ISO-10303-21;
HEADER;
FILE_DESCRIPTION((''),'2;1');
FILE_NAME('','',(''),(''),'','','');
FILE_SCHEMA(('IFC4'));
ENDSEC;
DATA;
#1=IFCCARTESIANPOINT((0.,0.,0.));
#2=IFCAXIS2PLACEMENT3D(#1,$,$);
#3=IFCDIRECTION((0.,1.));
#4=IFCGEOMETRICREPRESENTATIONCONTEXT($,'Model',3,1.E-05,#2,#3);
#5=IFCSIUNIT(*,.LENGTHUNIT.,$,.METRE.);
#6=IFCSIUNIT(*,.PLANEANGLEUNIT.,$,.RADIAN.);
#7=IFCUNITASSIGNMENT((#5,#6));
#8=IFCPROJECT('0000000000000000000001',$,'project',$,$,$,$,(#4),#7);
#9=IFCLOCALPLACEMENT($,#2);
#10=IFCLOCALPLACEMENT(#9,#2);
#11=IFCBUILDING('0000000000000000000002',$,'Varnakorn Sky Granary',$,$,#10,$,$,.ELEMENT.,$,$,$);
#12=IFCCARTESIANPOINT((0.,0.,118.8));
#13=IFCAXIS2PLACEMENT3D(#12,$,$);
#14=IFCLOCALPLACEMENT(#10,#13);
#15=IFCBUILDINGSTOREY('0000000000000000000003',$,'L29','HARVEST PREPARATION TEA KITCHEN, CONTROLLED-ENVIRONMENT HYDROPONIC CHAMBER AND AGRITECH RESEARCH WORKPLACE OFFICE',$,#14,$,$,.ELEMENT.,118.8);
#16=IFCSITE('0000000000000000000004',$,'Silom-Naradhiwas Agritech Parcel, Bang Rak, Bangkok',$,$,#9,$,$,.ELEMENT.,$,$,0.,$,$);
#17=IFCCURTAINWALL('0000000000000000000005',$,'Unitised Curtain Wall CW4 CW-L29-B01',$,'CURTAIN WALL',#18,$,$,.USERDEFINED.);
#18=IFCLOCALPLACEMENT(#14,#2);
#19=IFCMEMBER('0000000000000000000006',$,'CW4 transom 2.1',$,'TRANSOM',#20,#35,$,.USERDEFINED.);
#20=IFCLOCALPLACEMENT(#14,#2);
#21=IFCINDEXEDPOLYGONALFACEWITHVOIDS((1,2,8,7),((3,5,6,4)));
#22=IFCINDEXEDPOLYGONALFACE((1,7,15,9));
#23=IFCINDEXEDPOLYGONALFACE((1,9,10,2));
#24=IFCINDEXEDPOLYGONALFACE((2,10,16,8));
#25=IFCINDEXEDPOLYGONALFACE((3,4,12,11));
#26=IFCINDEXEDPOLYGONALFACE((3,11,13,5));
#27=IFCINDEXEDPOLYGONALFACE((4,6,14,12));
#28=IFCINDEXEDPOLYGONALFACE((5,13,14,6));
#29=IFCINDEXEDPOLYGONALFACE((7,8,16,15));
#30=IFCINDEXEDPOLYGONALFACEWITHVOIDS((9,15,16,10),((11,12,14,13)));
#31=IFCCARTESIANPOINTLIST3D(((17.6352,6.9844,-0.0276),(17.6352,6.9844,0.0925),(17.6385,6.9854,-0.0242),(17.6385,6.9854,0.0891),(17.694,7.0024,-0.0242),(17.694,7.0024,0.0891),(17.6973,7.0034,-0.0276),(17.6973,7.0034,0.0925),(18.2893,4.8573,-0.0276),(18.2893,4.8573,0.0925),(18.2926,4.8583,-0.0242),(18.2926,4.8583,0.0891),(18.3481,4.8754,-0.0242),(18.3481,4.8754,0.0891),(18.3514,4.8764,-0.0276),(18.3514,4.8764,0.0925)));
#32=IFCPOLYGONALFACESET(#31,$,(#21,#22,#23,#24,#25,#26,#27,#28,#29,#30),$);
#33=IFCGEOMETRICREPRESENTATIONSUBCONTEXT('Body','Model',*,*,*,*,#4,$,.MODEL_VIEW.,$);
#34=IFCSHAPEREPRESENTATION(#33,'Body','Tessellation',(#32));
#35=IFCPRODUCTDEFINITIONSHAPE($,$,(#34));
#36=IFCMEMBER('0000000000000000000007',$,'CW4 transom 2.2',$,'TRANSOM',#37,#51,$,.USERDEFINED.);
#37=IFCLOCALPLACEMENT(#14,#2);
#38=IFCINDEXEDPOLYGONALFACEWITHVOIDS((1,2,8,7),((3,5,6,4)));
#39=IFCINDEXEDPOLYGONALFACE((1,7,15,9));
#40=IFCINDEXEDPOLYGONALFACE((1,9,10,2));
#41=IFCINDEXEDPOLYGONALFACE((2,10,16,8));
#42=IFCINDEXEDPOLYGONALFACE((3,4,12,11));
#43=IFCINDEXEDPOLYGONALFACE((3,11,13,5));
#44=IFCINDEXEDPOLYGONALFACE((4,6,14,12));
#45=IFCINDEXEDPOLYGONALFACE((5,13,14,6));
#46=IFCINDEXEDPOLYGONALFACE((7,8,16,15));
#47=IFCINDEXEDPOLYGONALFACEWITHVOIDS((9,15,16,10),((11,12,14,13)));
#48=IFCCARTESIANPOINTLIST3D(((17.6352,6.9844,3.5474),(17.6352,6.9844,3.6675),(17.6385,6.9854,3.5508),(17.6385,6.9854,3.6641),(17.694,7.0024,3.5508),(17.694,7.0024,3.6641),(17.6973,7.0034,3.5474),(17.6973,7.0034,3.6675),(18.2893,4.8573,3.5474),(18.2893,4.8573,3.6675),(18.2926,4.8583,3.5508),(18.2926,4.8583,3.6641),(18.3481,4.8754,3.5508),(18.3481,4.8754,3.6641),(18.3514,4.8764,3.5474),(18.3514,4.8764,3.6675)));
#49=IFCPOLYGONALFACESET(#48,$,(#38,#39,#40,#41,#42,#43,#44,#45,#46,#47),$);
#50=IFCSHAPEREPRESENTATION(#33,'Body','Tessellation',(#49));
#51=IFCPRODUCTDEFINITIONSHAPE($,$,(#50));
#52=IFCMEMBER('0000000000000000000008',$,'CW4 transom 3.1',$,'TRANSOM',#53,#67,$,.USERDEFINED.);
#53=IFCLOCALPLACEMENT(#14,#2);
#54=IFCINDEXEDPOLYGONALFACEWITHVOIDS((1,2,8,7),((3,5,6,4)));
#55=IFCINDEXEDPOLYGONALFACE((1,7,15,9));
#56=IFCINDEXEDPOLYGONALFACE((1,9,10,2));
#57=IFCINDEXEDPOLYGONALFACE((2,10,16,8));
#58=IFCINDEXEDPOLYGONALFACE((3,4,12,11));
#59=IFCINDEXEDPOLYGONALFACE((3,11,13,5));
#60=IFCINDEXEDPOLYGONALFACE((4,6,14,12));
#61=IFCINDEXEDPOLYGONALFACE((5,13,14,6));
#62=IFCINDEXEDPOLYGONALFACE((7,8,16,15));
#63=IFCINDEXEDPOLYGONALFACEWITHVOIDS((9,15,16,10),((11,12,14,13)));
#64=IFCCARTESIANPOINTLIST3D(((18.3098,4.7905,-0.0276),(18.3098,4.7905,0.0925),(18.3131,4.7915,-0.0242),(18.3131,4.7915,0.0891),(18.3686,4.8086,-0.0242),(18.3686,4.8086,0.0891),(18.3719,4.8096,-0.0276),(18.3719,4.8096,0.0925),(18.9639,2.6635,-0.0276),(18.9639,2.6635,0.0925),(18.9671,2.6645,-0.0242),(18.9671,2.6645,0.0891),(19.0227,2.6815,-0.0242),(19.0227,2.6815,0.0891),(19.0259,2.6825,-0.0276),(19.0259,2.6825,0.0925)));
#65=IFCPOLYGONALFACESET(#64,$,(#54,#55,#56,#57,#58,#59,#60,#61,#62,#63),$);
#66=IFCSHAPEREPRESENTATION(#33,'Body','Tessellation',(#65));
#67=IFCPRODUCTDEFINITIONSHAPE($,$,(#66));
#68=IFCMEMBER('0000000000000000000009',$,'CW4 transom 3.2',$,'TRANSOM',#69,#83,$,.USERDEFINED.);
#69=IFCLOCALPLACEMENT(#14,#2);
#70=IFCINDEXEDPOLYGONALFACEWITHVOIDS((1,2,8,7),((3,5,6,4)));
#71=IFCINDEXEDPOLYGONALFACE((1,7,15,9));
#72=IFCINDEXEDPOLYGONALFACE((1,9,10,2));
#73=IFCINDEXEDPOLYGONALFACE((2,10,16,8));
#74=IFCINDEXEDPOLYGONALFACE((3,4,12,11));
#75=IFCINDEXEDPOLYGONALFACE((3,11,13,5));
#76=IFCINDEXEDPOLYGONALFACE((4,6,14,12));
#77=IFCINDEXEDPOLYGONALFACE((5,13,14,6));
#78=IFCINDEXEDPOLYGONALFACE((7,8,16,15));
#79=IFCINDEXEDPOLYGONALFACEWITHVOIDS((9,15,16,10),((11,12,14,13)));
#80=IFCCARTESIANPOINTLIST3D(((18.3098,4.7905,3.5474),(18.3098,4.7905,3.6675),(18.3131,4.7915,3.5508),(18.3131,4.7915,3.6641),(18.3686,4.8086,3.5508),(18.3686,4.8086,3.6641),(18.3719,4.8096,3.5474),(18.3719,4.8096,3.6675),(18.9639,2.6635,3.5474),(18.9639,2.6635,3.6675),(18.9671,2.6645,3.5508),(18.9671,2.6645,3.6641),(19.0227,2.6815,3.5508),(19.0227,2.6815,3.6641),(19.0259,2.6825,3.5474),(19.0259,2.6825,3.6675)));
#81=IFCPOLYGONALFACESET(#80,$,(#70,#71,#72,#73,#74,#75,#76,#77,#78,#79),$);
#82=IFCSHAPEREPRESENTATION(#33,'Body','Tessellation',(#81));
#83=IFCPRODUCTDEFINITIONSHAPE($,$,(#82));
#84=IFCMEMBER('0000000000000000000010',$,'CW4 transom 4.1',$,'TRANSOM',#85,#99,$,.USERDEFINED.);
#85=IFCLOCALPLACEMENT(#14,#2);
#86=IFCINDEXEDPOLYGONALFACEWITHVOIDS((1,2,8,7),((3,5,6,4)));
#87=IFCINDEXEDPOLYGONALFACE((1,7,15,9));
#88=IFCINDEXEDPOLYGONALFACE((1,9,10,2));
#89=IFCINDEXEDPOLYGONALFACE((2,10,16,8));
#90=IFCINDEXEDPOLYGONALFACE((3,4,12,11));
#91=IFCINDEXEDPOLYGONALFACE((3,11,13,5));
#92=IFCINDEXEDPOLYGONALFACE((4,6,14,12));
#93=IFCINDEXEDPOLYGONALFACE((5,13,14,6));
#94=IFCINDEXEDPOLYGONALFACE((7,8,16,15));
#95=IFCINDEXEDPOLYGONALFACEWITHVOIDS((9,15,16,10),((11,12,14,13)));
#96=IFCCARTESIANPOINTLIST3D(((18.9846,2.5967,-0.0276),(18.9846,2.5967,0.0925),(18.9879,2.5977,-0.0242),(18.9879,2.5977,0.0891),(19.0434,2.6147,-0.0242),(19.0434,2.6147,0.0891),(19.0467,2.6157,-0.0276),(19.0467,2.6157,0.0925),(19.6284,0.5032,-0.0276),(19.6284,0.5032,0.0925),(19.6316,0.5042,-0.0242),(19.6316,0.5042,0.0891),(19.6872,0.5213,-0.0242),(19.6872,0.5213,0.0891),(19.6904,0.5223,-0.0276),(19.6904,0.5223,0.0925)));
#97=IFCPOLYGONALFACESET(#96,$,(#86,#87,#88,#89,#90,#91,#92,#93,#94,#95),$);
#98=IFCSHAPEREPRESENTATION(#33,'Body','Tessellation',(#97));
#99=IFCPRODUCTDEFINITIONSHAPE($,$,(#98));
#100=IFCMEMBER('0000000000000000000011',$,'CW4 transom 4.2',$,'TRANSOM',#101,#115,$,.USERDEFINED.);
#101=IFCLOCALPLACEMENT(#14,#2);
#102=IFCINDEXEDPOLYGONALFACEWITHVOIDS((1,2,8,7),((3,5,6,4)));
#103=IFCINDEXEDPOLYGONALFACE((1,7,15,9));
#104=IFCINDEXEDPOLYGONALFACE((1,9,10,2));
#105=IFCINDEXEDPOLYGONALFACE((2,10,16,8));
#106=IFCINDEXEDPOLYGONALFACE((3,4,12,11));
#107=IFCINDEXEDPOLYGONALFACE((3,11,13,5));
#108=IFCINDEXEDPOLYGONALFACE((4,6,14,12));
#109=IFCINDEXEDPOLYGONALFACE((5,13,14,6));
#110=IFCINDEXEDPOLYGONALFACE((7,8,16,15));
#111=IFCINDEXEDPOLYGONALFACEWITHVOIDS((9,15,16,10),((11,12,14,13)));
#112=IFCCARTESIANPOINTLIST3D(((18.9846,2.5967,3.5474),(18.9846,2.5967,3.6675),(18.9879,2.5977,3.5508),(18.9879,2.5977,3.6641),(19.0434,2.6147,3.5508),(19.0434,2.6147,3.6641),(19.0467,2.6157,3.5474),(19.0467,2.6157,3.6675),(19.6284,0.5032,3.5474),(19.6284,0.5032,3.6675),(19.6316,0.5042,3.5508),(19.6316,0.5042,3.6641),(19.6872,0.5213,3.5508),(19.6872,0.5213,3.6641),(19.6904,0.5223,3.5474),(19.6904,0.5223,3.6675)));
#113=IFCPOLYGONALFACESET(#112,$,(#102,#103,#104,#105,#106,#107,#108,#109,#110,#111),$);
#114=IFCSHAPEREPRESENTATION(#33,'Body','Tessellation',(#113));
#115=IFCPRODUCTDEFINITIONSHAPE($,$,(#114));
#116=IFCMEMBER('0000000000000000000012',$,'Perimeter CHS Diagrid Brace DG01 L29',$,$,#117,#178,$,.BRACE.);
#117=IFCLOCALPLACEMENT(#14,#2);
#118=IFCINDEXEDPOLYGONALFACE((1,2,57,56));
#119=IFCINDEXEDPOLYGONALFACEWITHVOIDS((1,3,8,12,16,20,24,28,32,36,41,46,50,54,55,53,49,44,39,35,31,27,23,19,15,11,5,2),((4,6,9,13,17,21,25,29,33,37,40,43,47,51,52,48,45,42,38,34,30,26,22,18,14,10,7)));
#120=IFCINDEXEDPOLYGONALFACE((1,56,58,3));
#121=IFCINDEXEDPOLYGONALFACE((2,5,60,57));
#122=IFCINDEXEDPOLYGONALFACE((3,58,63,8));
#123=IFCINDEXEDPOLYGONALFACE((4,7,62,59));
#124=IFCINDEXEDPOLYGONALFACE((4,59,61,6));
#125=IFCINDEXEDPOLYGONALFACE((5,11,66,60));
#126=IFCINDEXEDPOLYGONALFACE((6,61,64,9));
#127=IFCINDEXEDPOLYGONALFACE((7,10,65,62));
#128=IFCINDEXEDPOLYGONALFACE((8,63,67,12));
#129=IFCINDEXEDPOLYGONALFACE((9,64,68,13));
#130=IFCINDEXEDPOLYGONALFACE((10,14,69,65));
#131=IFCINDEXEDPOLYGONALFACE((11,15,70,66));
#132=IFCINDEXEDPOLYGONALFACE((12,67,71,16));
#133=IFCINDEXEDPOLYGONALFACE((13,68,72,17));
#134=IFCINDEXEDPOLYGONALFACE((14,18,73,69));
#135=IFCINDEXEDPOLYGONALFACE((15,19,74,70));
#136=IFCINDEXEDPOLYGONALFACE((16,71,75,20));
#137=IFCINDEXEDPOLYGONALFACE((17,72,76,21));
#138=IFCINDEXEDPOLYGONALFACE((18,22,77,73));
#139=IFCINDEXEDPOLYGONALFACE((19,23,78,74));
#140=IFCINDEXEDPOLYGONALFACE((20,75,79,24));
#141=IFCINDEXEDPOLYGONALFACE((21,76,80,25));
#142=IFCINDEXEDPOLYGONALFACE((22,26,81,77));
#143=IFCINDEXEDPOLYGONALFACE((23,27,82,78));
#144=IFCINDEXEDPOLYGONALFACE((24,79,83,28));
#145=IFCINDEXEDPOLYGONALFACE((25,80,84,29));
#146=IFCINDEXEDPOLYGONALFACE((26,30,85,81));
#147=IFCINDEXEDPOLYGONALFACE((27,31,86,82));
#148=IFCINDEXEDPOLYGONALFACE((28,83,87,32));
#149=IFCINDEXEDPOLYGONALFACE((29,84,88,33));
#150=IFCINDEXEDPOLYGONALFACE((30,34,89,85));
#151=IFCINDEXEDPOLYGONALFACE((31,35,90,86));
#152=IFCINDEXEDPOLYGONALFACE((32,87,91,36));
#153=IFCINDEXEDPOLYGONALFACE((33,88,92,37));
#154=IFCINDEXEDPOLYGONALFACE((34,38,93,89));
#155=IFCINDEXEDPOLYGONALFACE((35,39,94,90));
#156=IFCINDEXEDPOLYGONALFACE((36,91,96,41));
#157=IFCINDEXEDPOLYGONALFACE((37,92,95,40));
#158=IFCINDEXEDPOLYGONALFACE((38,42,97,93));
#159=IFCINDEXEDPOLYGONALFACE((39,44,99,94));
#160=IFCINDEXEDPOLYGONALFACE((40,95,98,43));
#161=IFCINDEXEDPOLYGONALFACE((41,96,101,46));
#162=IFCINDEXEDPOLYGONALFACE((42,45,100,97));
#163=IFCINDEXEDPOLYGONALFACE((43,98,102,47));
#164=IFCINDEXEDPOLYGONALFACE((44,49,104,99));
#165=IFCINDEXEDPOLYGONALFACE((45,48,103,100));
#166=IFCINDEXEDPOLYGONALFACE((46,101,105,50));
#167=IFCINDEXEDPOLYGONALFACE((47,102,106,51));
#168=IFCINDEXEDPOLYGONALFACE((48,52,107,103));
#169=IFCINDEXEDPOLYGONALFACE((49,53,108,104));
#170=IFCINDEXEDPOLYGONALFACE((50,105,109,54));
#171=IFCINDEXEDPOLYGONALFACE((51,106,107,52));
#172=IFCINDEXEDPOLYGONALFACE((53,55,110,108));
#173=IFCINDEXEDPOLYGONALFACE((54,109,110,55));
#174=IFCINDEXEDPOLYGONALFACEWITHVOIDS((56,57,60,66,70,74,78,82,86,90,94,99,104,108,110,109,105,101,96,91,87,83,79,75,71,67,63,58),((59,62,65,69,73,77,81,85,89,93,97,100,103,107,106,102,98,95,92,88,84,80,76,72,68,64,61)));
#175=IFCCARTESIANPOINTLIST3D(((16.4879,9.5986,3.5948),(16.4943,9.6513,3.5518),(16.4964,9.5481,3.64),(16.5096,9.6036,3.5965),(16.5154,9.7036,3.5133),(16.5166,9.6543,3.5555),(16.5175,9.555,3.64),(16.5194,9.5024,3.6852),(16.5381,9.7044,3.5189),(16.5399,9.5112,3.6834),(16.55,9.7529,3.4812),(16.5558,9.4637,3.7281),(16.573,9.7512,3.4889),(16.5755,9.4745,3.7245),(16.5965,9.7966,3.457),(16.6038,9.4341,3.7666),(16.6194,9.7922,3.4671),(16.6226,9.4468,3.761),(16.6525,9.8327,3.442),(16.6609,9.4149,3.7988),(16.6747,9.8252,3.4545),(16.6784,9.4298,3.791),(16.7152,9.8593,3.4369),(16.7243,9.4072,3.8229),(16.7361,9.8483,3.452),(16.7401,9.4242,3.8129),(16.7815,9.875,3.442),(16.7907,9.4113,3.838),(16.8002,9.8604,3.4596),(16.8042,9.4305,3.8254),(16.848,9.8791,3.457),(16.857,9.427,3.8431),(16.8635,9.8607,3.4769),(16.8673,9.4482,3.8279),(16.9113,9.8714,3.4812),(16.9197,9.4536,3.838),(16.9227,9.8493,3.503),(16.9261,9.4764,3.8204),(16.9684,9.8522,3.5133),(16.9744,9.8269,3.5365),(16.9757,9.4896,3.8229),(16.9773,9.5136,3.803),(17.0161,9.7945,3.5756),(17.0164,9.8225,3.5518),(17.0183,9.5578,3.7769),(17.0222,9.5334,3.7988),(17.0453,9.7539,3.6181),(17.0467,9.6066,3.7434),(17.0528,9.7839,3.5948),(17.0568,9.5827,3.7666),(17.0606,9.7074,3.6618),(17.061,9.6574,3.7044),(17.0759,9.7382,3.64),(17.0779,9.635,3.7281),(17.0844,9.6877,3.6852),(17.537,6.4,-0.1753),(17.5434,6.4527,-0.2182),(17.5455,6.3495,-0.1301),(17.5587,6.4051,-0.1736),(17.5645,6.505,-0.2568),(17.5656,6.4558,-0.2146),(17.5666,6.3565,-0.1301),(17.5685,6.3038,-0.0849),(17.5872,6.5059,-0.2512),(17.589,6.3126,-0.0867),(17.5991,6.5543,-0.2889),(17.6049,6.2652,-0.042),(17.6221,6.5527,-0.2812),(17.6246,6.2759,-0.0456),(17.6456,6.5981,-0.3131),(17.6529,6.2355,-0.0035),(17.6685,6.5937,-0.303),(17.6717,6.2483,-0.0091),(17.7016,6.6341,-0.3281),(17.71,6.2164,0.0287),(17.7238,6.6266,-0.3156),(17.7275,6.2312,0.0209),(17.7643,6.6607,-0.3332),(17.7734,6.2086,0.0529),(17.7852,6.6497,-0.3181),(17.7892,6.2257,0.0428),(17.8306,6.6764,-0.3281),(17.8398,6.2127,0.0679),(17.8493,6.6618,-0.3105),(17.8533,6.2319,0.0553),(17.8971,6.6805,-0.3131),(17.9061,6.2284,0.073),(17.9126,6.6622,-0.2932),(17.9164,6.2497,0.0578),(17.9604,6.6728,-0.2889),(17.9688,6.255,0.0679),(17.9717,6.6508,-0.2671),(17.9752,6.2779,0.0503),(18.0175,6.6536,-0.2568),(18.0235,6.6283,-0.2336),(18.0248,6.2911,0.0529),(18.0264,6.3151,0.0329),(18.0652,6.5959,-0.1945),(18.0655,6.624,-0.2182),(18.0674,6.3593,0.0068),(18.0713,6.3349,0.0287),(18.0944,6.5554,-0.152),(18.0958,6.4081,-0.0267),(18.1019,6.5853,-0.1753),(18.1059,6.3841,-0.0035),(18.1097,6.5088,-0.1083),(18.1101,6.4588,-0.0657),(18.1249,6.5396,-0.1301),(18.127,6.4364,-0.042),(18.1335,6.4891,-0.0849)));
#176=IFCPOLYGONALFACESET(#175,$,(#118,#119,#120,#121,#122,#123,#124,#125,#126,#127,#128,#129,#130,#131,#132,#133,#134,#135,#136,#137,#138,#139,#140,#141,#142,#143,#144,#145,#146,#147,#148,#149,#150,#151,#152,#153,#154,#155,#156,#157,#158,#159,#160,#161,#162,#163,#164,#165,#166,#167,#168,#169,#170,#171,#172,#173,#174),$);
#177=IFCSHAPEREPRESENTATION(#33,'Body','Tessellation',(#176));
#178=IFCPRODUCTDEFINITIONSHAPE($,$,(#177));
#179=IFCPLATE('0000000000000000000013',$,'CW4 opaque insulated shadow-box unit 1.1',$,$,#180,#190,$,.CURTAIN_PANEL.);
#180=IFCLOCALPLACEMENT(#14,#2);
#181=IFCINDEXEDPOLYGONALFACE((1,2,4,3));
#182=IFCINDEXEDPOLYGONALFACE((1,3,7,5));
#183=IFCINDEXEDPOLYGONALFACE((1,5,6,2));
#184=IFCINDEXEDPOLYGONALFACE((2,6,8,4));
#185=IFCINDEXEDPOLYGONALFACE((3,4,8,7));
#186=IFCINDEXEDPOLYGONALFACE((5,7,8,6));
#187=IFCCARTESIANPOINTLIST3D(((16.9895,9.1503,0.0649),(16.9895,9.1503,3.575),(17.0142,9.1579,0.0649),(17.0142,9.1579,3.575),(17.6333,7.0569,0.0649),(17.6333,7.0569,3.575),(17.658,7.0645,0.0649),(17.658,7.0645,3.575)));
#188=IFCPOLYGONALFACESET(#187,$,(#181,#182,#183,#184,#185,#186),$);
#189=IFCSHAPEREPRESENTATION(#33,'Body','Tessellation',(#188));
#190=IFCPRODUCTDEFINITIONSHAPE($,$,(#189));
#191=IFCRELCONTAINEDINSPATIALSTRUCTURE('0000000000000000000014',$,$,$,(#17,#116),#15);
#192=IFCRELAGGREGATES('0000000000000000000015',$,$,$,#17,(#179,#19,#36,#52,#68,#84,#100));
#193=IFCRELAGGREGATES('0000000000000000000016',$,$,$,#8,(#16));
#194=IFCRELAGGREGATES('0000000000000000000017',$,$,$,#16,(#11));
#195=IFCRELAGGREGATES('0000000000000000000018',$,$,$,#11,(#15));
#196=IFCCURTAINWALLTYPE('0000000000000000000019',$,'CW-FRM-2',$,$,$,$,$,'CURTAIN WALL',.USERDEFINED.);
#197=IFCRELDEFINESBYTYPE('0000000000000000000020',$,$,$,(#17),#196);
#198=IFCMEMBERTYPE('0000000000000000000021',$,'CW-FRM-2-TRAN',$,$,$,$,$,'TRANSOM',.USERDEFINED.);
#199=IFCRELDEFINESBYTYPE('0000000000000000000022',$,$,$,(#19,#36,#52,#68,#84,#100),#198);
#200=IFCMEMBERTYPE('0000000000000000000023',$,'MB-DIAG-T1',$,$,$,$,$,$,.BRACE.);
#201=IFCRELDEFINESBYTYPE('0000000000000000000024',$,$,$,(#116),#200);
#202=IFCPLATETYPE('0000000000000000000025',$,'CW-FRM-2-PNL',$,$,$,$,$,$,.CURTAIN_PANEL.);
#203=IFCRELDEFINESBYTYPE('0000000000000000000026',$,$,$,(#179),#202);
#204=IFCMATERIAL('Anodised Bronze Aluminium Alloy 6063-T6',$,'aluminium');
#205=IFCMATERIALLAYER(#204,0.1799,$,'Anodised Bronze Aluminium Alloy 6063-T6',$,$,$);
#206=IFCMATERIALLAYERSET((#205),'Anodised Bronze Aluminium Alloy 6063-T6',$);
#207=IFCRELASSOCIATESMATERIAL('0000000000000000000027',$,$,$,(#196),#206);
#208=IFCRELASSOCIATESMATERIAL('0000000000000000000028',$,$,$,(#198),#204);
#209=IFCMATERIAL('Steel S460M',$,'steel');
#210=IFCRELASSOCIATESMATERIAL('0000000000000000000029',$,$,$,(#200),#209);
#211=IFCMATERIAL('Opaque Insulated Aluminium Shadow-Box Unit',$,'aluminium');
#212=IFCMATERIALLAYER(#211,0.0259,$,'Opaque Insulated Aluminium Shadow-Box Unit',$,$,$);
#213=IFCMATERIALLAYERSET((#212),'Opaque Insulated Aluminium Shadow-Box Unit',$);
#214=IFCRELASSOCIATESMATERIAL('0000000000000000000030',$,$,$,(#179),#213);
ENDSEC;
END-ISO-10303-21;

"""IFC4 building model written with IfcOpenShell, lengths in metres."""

from ifc_helpers import new_model, si_unit, direction, frame, origin, origin_2d, place, context, subcontext, project, spatial, rectangle, hollow_rectangle, hollow_circle, extrude, source, transform, mapped, material, layer, layer_set, material_profile, profile_set, type_object, element, aggregate, save


model = new_model("IFC4")

# Units and contexts
model_context = context("Model", 3, precision=1e-05, world=origin(), true_north=direction((0.0, 1.0)))
body_context = subcontext(model_context, "Body", "Model", "MODEL_VIEW")
ifc_project = project(units=[si_unit("LENGTHUNIT", "METRE"), si_unit("PLANEANGLEUNIT", "RADIAN")], contexts=[model_context])

# Site, building, storey
site_placement = place(None, origin())
site = spatial("IfcSite", under=ifc_project, at=site_placement, Name="Silom-Naradhiwas Agritech Parcel, Bang Rak, Bangkok", CompositionType="ELEMENT", RefElevation=0.0)
building_placement = place(site_placement, origin())
building = spatial("IfcBuilding", under=site, at=building_placement, Name="Varnakorn Sky Granary", CompositionType="ELEMENT")
storey_placement = place(building_placement, frame((0.0, 0.0, 118.8)))
storey = spatial("IfcBuildingStorey", under=building, at=storey_placement, Name="L29", Description="HARVEST PREPARATION TEA KITCHEN, CONTROLLED-ENVIRONMENT HYDROPONIC CHAMBER AND AGRITECH RESEARCH WORKPLACE OFFICE", CompositionType="ELEMENT", Elevation=118.8)

# Shared definitions
ifc_material_1 = material(Name="Steel S460M", Category="steel")

# Curtain wall, members
ifc_material_2 = material(Name="Anodised Bronze Aluminium Alloy 6063-T6", Category="aluminium")
ifc_layer_1 = layer(ifc_material_2, 0.1799, Name="Anodised Bronze Aluminium Alloy 6063-T6")
ifc_layer_set_1 = layer_set([ifc_layer_1], Name="Anodised Bronze Aluminium Alloy 6063-T6")
curtain_wall_type = type_object("IfcCurtainWallType", Name="CW-FRM-2", ElementType="CURTAIN WALL", PredefinedType="USERDEFINED", material=ifc_layer_set_1)
curtain_wall_placement = place(storey_placement, origin())
curtain_wall = element("IfcCurtainWall", 1, at=curtain_wall_placement, inside=storey, type_object=curtain_wall_type, Name="Unitised Curtain Wall CW4 CW-L29-B01", ObjectType="CURTAIN WALL", PredefinedType="USERDEFINED")
ifc_material_profile_1 = material_profile(ifc_material_2, hollow_rectangle(XDim=0.0649, YDim=0.1201, WallThickness=0.0034, at=origin_2d()), Name="ALU TRAN 65x120")
ifc_profile_set_1 = profile_set([ifc_material_profile_1], Name="Anodised Bronze Aluminium Alloy 6063-T6")
member_type_1 = type_object("IfcMemberType", Name="CW-FRM-2-TRAN", ElementType="TRANSOM", PredefinedType="USERDEFINED", material=ifc_profile_set_1)
member_1_placement = place(storey_placement, frame((17.6663, 6.9939, 0.0325), z_axis=(0.293924, -0.955829, 0.0), x_axis=(0.955829, 0.293924, 0.0)))
member_1 = element("IfcMember", 2, at=member_1_placement, type_object=member_type_1, Name="CW4 transom 2.1", ObjectType="TRANSOM", PredefinedType="USERDEFINED", context=body_context, shape_type="SweptSolid", body=[
    extrude(hollow_rectangle(XDim=0.0649, YDim=0.1201, WallThickness=0.0034, at=origin_2d()), origin(), (0.0, 0.0, 1.0), 2.2253),
])
member_2_placement = place(storey_placement, frame((17.6663, 6.9939, 3.6074), z_axis=(0.293924, -0.955829, 0.0), x_axis=(0.955829, 0.293924, 0.0)))
member_2 = element("IfcMember", 3, at=member_2_placement, type_object=member_type_1, Name="CW4 transom 2.2", ObjectType="TRANSOM", PredefinedType="USERDEFINED", context=body_context, shape_type="SweptSolid", body=[
    extrude(hollow_rectangle(XDim=0.0649, YDim=0.1201, WallThickness=0.0034, at=origin_2d()), origin(), (0.0, 0.0, 1.0), 2.2253),
])
member_3_placement = place(storey_placement, frame((18.3408, 4.8, 0.0325), z_axis=(0.293924, -0.955829, 0.0), x_axis=(0.955829, 0.293924, 0.0)))
member_3 = element("IfcMember", 4, at=member_3_placement, type_object=member_type_1, Name="CW4 transom 3.1", ObjectType="TRANSOM", PredefinedType="USERDEFINED", context=body_context, shape_type="SweptSolid", body=[
    extrude(hollow_rectangle(XDim=0.0649, YDim=0.1201, WallThickness=0.0034, at=origin_2d()), origin(), (0.0, 0.0, 1.0), 2.2253),
])
member_4_placement = place(storey_placement, frame((18.3408, 4.8, 3.6074), z_axis=(0.293924, -0.955829, 0.0), x_axis=(0.955829, 0.293924, 0.0)))
member_4 = element("IfcMember", 5, at=member_4_placement, type_object=member_type_1, Name="CW4 transom 3.2", ObjectType="TRANSOM", PredefinedType="USERDEFINED", context=body_context, shape_type="SweptSolid", body=[
    extrude(hollow_rectangle(XDim=0.0649, YDim=0.1201, WallThickness=0.0034, at=origin_2d()), origin(), (0.0, 0.0, 1.0), 2.2253),
])
member_5_placement = place(storey_placement, frame((19.0156, 2.6062, 0.0325), z_axis=(0.293937, -0.955825, 0.0), x_axis=(0.955825, 0.293937, 0.0)))
member_5 = element("IfcMember", 6, at=member_5_placement, type_object=member_type_1, Name="CW4 transom 4.1", ObjectType="TRANSOM", PredefinedType="USERDEFINED", context=body_context, shape_type="SweptSolid", body=[
    extrude(hollow_rectangle(XDim=0.0649, YDim=0.1201, WallThickness=0.0034, at=origin_2d()), origin(), (0.0, 0.0, 1.0), 2.1902),
])
member_6_placement = place(storey_placement, frame((19.0156, 2.6062, 3.6074), z_axis=(0.293937, -0.955825, 0.0), x_axis=(0.955825, 0.293937, 0.0)))
member_6 = element("IfcMember", 7, at=member_6_placement, type_object=member_type_1, Name="CW4 transom 4.2", ObjectType="TRANSOM", PredefinedType="USERDEFINED", context=body_context, shape_type="SweptSolid", body=[
    extrude(hollow_rectangle(XDim=0.0649, YDim=0.1201, WallThickness=0.0034, at=origin_2d()), origin(), (0.0, 0.0, 1.0), 2.1902),
])

# Member
ifc_material_profile_2 = material_profile(ifc_material_1, hollow_circle(Radius=0.3049, WallThickness=0.0222, at=origin_2d()), Name="CHS 610x22")
ifc_profile_set_2 = profile_set([ifc_material_profile_2], Name="Steel S460M")
member_type_2 = type_object("IfcMemberType", Name="MB-DIAG-T1", PredefinedType="BRACE", material=ifc_profile_set_2)
member_7_placement = place(storey_placement, frame((17.8352, 6.4446, -0.1301), z_axis=(-0.207569, 0.63285, 0.745933), x_axis=(-0.950195, -0.311655, 0.0)))
element("IfcMember", 8, at=member_7_placement, inside=storey, type_object=member_type_2, Name="Perimeter CHS Diagrid Brace DG01 L29", PredefinedType="BRACE", context=body_context, shape_type="SweptSolid", body=[
    extrude(hollow_circle(Radius=0.3049, WallThickness=0.0222, at=origin_2d()), origin(), (0.0, 0.0, 1.0), 5.0542),
])

# Plate
ifc_material_3 = material(Name="Opaque Insulated Aluminium Shadow-Box Unit", Category="aluminium")
ifc_layer_2 = layer(ifc_material_3, 0.0259, Name="Opaque Insulated Aluminium Shadow-Box Unit")
ifc_layer_set_2 = layer_set([ifc_layer_2], Name="Opaque Insulated Aluminium Shadow-Box Unit")
plate_type = type_object("IfcPlateType", Name="CW-FRM-2-PNL", PredefinedType="CURTAIN_PANEL")
shared_shape_1 = source(origin(), body_context, "Body", "SweptSolid", [
    extrude(rectangle(XDim=2.1902, YDim=0.0259, at=origin_2d()), origin(), (0.0, 0.0, 1.0), 3.51),
])
plate_1_placement = place(storey_placement, frame((17.3237, 8.1074, 0.0649), z_axis=(0.0, 0.0, 1.0), x_axis=(0.29394, -0.955824, 0.0)))
plate_1 = element("IfcPlate", 9, at=plate_1_placement, type_object=plate_type, material=ifc_layer_set_2, Name="CW4 opaque insulated shadow-box unit 1.1", PredefinedType="CURTAIN_PANEL", context=body_context, shape_type="MappedRepresentation", body=[
    mapped(shared_shape_1, transform((0.0, 0.0, 0.0), x_axis=(1.0, 0.0, 0.0), y_axis=(0.0, 1.0, 0.0), z_axis=(0.0, 0.0, 1.0), scale=1.0)),
])
aggregate(curtain_wall, [plate_1, member_1, member_2, member_3, member_4, member_5, member_6])

save(model, "model.ifc")
